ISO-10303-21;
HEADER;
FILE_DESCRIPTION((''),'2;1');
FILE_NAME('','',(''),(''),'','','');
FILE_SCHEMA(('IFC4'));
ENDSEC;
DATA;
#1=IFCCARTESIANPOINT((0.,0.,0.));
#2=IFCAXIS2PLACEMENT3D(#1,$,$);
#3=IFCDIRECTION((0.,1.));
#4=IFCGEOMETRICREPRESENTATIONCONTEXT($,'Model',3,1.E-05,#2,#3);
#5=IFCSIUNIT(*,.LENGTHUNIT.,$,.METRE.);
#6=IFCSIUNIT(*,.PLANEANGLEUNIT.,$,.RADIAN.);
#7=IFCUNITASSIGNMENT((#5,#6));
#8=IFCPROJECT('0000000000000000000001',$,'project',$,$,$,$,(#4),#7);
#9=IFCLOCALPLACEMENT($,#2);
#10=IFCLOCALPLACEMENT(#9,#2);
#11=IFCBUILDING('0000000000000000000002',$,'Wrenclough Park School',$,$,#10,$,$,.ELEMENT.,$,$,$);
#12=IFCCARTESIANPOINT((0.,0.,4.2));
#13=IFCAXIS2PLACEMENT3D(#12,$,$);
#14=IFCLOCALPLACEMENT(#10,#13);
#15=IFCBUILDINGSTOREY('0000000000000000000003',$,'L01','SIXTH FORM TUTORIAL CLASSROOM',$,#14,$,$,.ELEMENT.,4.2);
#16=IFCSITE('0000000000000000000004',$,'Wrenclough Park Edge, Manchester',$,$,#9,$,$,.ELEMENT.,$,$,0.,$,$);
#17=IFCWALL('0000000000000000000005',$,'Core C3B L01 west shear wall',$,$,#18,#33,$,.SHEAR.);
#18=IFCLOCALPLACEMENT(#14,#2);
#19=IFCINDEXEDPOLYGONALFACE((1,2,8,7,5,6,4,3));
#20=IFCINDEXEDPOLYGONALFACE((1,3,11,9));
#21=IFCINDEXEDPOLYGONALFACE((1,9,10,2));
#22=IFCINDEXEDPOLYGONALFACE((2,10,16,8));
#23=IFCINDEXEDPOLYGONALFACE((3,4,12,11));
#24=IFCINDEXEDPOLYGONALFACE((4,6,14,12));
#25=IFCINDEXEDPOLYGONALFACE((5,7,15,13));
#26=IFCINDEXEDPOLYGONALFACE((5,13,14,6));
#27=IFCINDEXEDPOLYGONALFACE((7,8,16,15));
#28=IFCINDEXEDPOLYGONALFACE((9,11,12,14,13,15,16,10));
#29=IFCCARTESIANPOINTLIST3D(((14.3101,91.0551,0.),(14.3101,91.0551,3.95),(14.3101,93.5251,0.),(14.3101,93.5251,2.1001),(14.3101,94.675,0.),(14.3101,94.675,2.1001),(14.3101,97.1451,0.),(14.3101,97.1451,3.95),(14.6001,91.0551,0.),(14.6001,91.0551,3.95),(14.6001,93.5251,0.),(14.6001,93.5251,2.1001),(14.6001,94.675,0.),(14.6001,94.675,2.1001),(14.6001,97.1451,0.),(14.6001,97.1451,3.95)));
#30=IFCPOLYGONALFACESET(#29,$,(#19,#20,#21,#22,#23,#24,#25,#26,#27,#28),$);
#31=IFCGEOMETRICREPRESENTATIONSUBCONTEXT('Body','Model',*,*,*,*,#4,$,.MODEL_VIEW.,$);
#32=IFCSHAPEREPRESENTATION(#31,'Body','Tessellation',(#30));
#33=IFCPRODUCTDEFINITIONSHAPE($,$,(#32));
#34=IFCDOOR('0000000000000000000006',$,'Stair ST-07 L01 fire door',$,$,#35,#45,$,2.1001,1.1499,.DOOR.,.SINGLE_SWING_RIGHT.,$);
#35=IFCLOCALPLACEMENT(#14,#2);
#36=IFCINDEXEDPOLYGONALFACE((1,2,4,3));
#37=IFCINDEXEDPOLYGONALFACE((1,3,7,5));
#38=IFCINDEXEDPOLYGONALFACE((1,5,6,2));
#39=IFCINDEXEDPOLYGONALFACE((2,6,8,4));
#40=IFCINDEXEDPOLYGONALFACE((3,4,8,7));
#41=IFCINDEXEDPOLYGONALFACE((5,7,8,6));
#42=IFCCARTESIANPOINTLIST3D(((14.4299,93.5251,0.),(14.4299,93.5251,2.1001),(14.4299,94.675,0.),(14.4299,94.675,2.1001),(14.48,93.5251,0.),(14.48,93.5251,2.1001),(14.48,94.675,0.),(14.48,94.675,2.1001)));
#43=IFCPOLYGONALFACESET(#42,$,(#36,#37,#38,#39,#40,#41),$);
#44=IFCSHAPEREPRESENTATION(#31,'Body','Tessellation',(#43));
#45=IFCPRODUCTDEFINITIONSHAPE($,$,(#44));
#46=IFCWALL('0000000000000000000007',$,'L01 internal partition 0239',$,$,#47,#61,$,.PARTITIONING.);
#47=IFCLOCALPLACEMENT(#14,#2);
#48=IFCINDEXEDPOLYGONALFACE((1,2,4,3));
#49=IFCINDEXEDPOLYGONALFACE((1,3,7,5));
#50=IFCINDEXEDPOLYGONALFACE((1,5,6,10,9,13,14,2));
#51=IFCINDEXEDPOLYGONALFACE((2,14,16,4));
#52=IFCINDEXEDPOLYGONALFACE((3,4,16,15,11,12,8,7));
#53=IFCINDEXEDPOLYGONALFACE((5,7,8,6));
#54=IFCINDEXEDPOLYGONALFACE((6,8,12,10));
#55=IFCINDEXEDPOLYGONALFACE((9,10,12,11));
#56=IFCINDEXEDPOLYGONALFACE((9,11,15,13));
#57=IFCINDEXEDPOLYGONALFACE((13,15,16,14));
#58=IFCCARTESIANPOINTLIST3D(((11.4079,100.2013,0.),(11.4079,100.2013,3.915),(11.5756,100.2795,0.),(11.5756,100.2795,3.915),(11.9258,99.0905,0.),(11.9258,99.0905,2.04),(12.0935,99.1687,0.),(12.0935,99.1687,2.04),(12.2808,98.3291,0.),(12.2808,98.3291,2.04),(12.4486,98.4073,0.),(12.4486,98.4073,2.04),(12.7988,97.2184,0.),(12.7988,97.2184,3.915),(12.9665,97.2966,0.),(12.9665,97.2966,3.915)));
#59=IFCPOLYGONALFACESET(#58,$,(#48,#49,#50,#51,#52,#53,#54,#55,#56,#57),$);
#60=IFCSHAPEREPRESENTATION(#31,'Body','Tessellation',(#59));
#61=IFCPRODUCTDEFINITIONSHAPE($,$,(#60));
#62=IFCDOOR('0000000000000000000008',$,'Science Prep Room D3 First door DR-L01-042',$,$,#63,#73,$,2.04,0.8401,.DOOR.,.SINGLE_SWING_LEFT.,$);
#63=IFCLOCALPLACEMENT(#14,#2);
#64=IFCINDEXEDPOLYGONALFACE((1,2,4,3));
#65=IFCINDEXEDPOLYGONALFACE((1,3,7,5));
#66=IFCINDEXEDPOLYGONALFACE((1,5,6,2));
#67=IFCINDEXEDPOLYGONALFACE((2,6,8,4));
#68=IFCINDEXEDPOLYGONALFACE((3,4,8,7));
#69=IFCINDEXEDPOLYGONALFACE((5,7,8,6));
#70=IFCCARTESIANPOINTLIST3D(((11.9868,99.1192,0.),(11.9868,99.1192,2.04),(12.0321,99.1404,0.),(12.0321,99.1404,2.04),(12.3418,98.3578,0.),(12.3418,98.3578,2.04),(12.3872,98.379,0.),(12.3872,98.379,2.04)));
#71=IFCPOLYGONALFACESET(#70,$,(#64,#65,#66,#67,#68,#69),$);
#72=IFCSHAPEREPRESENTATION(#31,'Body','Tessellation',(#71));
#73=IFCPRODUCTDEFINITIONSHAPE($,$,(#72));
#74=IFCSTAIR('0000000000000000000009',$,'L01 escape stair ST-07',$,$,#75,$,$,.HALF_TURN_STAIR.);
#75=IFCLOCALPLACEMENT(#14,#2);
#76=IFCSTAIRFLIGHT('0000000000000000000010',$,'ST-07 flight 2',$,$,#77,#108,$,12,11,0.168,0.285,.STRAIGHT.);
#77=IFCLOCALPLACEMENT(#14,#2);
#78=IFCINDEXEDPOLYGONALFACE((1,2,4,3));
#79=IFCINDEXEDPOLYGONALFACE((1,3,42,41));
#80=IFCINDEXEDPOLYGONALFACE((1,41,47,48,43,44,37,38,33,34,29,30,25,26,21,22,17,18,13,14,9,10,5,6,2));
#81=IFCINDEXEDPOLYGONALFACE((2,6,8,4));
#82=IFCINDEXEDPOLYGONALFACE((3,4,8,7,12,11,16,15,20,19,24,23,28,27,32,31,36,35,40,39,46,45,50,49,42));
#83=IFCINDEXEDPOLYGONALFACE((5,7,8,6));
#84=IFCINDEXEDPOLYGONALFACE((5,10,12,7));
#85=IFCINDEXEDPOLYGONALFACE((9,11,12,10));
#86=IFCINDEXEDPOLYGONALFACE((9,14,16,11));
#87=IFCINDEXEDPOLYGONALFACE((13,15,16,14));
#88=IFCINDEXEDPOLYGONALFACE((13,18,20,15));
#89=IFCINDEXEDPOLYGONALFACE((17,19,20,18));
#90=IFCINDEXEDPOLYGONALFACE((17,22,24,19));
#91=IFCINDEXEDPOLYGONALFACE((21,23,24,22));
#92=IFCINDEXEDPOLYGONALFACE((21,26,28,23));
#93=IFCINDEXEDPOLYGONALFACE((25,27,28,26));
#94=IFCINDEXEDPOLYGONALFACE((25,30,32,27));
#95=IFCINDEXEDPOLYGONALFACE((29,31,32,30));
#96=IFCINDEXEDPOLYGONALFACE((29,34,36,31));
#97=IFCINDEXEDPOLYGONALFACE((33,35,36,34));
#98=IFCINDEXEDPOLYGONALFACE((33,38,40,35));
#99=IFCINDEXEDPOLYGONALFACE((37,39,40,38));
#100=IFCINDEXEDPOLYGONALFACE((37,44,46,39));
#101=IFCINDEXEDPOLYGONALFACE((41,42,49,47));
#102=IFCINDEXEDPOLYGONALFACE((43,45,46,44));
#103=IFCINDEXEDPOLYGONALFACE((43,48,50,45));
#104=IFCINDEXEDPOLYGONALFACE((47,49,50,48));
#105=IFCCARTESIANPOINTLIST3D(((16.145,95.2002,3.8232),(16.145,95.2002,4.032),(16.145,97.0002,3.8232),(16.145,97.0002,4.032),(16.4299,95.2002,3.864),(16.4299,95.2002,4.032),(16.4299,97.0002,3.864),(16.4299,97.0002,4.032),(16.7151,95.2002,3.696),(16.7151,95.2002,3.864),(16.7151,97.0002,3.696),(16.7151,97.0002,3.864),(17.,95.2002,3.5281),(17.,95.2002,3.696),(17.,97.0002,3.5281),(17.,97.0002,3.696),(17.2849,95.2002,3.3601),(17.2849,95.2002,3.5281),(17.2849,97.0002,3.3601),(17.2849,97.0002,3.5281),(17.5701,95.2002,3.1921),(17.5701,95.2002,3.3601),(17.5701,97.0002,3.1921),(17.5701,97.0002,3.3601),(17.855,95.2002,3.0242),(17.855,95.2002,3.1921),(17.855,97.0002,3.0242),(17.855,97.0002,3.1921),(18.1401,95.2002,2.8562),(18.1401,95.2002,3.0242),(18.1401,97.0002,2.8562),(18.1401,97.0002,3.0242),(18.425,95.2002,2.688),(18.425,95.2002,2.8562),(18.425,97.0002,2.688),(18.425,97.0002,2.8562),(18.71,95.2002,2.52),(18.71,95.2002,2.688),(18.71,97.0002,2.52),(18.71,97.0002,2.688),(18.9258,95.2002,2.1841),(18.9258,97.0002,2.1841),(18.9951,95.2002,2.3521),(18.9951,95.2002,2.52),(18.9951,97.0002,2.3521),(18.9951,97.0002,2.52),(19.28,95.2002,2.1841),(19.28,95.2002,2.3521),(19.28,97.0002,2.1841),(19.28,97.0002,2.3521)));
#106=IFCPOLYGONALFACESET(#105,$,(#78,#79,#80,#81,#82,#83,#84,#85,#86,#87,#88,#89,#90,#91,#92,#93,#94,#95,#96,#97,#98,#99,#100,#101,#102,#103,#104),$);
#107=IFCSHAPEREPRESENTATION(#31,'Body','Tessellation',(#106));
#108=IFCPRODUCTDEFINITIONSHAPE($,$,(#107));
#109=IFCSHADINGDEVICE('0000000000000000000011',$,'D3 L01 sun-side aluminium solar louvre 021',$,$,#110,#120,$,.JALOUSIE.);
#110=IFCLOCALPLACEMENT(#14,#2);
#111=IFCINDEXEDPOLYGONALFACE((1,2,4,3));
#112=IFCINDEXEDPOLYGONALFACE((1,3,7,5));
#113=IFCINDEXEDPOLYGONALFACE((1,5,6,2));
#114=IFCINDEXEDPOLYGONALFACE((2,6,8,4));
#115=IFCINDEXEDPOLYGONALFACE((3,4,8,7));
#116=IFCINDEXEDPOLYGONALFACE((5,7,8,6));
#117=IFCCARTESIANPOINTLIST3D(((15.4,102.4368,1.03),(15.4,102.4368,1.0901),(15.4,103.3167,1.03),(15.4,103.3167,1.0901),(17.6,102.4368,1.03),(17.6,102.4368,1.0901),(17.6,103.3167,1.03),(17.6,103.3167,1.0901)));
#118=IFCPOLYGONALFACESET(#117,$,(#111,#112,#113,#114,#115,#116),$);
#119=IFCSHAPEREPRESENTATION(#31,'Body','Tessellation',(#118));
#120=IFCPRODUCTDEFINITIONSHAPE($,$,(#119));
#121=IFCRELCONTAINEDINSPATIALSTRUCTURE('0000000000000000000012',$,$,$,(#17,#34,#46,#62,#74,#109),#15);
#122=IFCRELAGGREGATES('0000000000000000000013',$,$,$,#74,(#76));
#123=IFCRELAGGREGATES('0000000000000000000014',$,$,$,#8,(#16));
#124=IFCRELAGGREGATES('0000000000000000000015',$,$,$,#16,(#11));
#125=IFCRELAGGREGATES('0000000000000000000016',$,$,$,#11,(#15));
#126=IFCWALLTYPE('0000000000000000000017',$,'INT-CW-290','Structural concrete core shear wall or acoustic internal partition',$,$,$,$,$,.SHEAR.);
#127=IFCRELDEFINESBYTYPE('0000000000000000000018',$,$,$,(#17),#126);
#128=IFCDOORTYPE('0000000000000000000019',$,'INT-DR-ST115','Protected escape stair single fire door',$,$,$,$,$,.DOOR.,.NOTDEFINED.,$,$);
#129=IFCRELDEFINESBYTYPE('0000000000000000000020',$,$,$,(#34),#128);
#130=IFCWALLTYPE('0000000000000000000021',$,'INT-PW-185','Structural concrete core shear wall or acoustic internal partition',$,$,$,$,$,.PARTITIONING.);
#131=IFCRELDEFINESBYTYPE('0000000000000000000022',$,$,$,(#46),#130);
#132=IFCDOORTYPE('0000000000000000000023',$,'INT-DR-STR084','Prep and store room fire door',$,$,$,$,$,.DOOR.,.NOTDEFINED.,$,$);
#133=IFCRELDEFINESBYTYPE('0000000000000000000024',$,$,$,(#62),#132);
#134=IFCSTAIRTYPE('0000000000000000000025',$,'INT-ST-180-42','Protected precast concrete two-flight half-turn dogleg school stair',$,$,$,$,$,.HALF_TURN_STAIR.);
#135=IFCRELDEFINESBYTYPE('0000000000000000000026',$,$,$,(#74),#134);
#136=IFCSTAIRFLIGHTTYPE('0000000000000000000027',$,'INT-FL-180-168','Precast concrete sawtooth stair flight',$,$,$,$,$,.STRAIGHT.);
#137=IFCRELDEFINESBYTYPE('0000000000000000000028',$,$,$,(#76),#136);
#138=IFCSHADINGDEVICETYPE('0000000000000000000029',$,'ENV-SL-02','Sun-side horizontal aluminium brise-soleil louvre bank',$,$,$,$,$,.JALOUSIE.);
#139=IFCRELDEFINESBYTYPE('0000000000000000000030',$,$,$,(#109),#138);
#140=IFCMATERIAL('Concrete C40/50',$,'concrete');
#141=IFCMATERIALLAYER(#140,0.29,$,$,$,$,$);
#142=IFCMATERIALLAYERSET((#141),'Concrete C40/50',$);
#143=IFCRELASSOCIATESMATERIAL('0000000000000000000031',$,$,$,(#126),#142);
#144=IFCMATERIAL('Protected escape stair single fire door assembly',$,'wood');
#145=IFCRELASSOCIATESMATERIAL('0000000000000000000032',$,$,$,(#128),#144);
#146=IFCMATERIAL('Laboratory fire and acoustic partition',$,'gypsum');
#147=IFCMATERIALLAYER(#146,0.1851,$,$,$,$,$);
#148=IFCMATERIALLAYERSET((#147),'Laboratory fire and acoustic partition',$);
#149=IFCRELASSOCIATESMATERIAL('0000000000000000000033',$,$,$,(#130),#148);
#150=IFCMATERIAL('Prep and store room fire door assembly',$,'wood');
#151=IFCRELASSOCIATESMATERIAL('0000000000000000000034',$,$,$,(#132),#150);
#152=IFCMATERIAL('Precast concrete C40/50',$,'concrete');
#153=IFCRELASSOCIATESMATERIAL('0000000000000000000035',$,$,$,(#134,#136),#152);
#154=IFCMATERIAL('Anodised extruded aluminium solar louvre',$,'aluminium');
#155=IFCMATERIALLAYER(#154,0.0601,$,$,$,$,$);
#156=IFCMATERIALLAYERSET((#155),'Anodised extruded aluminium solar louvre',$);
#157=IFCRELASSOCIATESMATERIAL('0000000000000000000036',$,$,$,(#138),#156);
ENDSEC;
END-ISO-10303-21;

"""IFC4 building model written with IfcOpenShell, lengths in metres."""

from ifc_helpers import new_model, si_unit, direction, frame, frame_2d, origin, origin_2d, place, context, subcontext, project, spatial, polyline, rectangle, outline, extrude, material, layer, layer_set, type_object, element, fill, aggregate, save


model = new_model("IFC4")

# Units and contexts
model_context = context("Model", 3, precision=1e-05, world=origin(), true_north=direction((0.0, 1.0)))
body_context = subcontext(model_context, "Body", "Model", "MODEL_VIEW")
ifc_project = project(units=[si_unit("LENGTHUNIT", "METRE"), si_unit("PLANEANGLEUNIT", "RADIAN")], contexts=[model_context])

# Site, building, storey
site_placement = place(None, origin())
site = spatial("IfcSite", under=ifc_project, at=site_placement, Name="Wrenclough Park Edge, Manchester", CompositionType="ELEMENT", RefElevation=0.0)
building_placement = place(site_placement, origin())
building = spatial("IfcBuilding", under=site, at=building_placement, Name="Wrenclough Park School", CompositionType="ELEMENT")
storey_placement = place(building_placement, frame((0.0, 0.0, 4.2)))
storey = spatial("IfcBuildingStorey", under=building, at=storey_placement, Name="L01", Description="SIXTH FORM TUTORIAL CLASSROOM", CompositionType="ELEMENT", Elevation=4.2)

# Walls, openings, doors
ifc_material_1 = material(Name="Concrete C40/50", Category="concrete")
ifc_layer_1 = layer(ifc_material_1, 0.29)
ifc_layer_set_1 = layer_set([ifc_layer_1], Name="Concrete C40/50")
wall_type_1 = type_object("IfcWallType", Name="INT-CW-290", Description="Structural concrete core shear wall or acoustic internal partition", PredefinedType="SHEAR", material=ifc_layer_set_1)
wall_1_placement = place(storey_placement, frame((14.4551, 97.145, 0.0), z_axis=(0.0, 0.0, 1.0), x_axis=(0.0, -1.0, 0.0)))
wall_1 = element("IfcWall", 1, at=wall_1_placement, inside=storey, type_object=wall_type_1, Name="Core C3B L01 west shear wall", PredefinedType="SHEAR", context=body_context, shape_type="SweptSolid", body=[
    extrude(rectangle(XDim=6.0901, YDim=0.29, at=frame_2d((3.0449, 0.0))), origin(), (0.0, 0.0, 1.0), 3.95),
])
opening_1_placement = place(wall_1_placement, frame((2.47, 0.0, 0.0)))
opening_1 = element("IfcOpeningElement", 2, at=opening_1_placement, cuts=wall_1, PredefinedType="OPENING", context=body_context, shape_type="SweptSolid", body=[
    extrude(rectangle(XDim=1.1499, YDim=2.1001, at=frame_2d((0.575, 1.05))), frame((0.0, 0.155, 0.0), z_axis=(0.0, -1.0, 0.0), x_axis=(1.0, 0.0, 0.0)), (0.0, 0.0, 1.0), 0.3101),
])
ifc_material_2 = material(Name="Protected escape stair single fire door assembly", Category="wood")
door_type_1 = type_object("IfcDoorType", Name="INT-DR-ST115", Description="Protected escape stair single fire door", OperationType="NOTDEFINED", PredefinedType="DOOR", material=ifc_material_2)
door_1_placement = place(opening_1_placement, origin())
door_1 = element("IfcDoor", 3, at=door_1_placement, inside=storey, type_object=door_type_1, Name="Stair ST-07 L01 fire door", OperationType="SINGLE_SWING_RIGHT", OverallHeight=2.1001, OverallWidth=1.1499, PredefinedType="DOOR", context=body_context, shape_type="SweptSolid", body=[
    extrude(rectangle(XDim=1.1499, YDim=2.1001, at=frame_2d((0.575, 1.05))), frame((0.0, 0.0249, 0.0), z_axis=(0.0, -1.0, 0.0), x_axis=(1.0, 0.0, 0.0)), (0.0, 0.0, 1.0), 0.05),
])
fill(opening_1, door_1)
ifc_material_3 = material(Name="Laboratory fire and acoustic partition", Category="gypsum")
ifc_layer_2 = layer(ifc_material_3, 0.1851)
ifc_layer_set_2 = layer_set([ifc_layer_2], Name="Laboratory fire and acoustic partition")
wall_type_2 = type_object("IfcWallType", Name="INT-PW-185", Description="Structural concrete core shear wall or acoustic internal partition", PredefinedType="PARTITIONING", material=ifc_layer_set_2)
wall_2_placement = place(storey_placement, frame((12.8826, 97.2576, 0.0), z_axis=(0.0, 0.0, 1.0), x_axis=(-0.422597, 0.906318, 0.0)))
wall_2 = element("IfcWall", 4, at=wall_2_placement, inside=storey, type_object=wall_type_2, Name="L01 internal partition 0239", PredefinedType="PARTITIONING", context=body_context, shape_type="SweptSolid", body=[
    extrude(rectangle(XDim=3.2913, YDim=0.1851, at=frame_2d((1.6455, 0.0))), origin(), (0.0, 0.0, 1.0), 3.915),
])
opening_2_placement = place(wall_2_placement, frame((1.2256, 0.0, 0.0)))
opening_2 = element("IfcOpeningElement", 5, at=opening_2_placement, cuts=wall_2, PredefinedType="OPENING", context=body_context, shape_type="SweptSolid", body=[
    extrude(rectangle(XDim=0.8401, YDim=2.04, at=frame_2d((0.4199, 1.02))), frame((0.0, 0.1025, 0.0), z_axis=(0.0, -1.0, 0.0), x_axis=(1.0, 0.0, 0.0)), (0.0, 0.0, 1.0), 0.2051),
])
ifc_material_4 = material(Name="Prep and store room fire door assembly", Category="wood")
door_type_2 = type_object("IfcDoorType", Name="INT-DR-STR084", Description="Prep and store room fire door", OperationType="NOTDEFINED", PredefinedType="DOOR", material=ifc_material_4)
door_2_placement = place(opening_2_placement, frame((0.8401, 0.0, 0.0), z_axis=(0.0, 0.0, 1.0), x_axis=(-1.0, 0.0, 0.0)))
door_2 = element("IfcDoor", 6, at=door_2_placement, inside=storey, type_object=door_type_2, Name="Science Prep Room D3 First door DR-L01-042", OperationType="SINGLE_SWING_LEFT", OverallHeight=2.04, OverallWidth=0.8401, PredefinedType="DOOR", context=body_context, shape_type="SweptSolid", body=[
    extrude(rectangle(XDim=0.8401, YDim=2.04, at=frame_2d((0.4199, 1.02))), frame((0.0, 0.0249, 0.0), z_axis=(0.0, -1.0, 0.0), x_axis=(1.0, 0.0, 0.0)), (0.0, 0.0, 1.0), 0.05),
])
fill(opening_2, door_2)

# Stair, stair flight
ifc_material_5 = material(Name="Precast concrete C40/50", Category="concrete")
stair_type = type_object("IfcStairType", Name="INT-ST-180-42", Description="Protected precast concrete two-flight half-turn dogleg school stair", PredefinedType="HALF_TURN_STAIR", material=ifc_material_5)
stair_placement = place(storey_placement, origin())
stair = element("IfcStair", 7, at=stair_placement, inside=storey, type_object=stair_type, Name="L01 escape stair ST-07", PredefinedType="HALF_TURN_STAIR")
stair_flight_type = type_object("IfcStairFlightType", Name="INT-FL-180-168", Description="Precast concrete sawtooth stair flight", PredefinedType="STRAIGHT", material=ifc_material_5)
stair_flight_placement = place(storey_placement, frame((19.28, 96.1001, 2.1841), z_axis=(0.0, 0.0, 1.0), x_axis=(-1.0, 0.0, 0.0)))
stair_flight = element("IfcStairFlight", 8, at=stair_flight_placement, type_object=stair_flight_type, Name="ST-07 flight 2", NumberOfRisers=12, NumberOfTreads=11, PredefinedType="STRAIGHT", RiserHeight=0.168, TreadLength=0.285, context=body_context, shape_type="SweptSolid", body=[
    extrude(outline(polyline([(0.0, 0.0), (0.0, 0.168), (0.2849, 0.168), (0.2849, 0.3359), (0.5701, 0.3359), (0.5701, 0.5039), (0.855, 0.5039), (0.855, 0.6721), (1.1399, 0.6721), (1.1399, 0.8401), (1.425, 0.8401), (1.425, 1.0081), (1.71, 1.0081), (1.71, 1.176), (1.9951, 1.176), (1.9951, 1.344), (2.28, 1.344), (2.28, 1.512), (2.5649, 1.512), (2.5649, 1.6799), (2.8501, 1.6799), (2.8501, 1.8479), (3.135, 1.8479), (3.135, 2.0161), (3.135, 1.6392), (0.3542, 0.0), (0.0, 0.0)])), frame((0.0, 0.8999, 0.0), z_axis=(0.0, -1.0, 0.0), x_axis=(1.0, 0.0, 0.0)), (0.0, 0.0, 1.0), 1.8),
])
aggregate(stair, [stair_flight])

# Shading device
ifc_material_6 = material(Name="Anodised extruded aluminium solar louvre", Category="aluminium")
ifc_layer_3 = layer(ifc_material_6, 0.0601)
ifc_layer_set_3 = layer_set([ifc_layer_3], Name="Anodised extruded aluminium solar louvre")
shading_device_type = type_object("IfcShadingDeviceType", Name="ENV-SL-02", Description="Sun-side horizontal aluminium brise-soleil louvre bank", PredefinedType="JALOUSIE", material=ifc_layer_set_3)
shading_device_placement = place(storey_placement, frame((16.5, 102.8767, 1.03), z_axis=(0.0, 0.0, 1.0), x_axis=(-1.0, 0.0, 0.0)))
element("IfcShadingDevice", 9, at=shading_device_placement, inside=storey, type_object=shading_device_type, Name="D3 L01 sun-side aluminium solar louvre 021", PredefinedType="JALOUSIE", context=body_context, shape_type="SweptSolid", body=[
    extrude(rectangle(XDim=2.2, YDim=0.8799, at=origin_2d()), origin(), (0.0, 0.0, 1.0), 0.0601),
])

save(model, "model.ifc")
